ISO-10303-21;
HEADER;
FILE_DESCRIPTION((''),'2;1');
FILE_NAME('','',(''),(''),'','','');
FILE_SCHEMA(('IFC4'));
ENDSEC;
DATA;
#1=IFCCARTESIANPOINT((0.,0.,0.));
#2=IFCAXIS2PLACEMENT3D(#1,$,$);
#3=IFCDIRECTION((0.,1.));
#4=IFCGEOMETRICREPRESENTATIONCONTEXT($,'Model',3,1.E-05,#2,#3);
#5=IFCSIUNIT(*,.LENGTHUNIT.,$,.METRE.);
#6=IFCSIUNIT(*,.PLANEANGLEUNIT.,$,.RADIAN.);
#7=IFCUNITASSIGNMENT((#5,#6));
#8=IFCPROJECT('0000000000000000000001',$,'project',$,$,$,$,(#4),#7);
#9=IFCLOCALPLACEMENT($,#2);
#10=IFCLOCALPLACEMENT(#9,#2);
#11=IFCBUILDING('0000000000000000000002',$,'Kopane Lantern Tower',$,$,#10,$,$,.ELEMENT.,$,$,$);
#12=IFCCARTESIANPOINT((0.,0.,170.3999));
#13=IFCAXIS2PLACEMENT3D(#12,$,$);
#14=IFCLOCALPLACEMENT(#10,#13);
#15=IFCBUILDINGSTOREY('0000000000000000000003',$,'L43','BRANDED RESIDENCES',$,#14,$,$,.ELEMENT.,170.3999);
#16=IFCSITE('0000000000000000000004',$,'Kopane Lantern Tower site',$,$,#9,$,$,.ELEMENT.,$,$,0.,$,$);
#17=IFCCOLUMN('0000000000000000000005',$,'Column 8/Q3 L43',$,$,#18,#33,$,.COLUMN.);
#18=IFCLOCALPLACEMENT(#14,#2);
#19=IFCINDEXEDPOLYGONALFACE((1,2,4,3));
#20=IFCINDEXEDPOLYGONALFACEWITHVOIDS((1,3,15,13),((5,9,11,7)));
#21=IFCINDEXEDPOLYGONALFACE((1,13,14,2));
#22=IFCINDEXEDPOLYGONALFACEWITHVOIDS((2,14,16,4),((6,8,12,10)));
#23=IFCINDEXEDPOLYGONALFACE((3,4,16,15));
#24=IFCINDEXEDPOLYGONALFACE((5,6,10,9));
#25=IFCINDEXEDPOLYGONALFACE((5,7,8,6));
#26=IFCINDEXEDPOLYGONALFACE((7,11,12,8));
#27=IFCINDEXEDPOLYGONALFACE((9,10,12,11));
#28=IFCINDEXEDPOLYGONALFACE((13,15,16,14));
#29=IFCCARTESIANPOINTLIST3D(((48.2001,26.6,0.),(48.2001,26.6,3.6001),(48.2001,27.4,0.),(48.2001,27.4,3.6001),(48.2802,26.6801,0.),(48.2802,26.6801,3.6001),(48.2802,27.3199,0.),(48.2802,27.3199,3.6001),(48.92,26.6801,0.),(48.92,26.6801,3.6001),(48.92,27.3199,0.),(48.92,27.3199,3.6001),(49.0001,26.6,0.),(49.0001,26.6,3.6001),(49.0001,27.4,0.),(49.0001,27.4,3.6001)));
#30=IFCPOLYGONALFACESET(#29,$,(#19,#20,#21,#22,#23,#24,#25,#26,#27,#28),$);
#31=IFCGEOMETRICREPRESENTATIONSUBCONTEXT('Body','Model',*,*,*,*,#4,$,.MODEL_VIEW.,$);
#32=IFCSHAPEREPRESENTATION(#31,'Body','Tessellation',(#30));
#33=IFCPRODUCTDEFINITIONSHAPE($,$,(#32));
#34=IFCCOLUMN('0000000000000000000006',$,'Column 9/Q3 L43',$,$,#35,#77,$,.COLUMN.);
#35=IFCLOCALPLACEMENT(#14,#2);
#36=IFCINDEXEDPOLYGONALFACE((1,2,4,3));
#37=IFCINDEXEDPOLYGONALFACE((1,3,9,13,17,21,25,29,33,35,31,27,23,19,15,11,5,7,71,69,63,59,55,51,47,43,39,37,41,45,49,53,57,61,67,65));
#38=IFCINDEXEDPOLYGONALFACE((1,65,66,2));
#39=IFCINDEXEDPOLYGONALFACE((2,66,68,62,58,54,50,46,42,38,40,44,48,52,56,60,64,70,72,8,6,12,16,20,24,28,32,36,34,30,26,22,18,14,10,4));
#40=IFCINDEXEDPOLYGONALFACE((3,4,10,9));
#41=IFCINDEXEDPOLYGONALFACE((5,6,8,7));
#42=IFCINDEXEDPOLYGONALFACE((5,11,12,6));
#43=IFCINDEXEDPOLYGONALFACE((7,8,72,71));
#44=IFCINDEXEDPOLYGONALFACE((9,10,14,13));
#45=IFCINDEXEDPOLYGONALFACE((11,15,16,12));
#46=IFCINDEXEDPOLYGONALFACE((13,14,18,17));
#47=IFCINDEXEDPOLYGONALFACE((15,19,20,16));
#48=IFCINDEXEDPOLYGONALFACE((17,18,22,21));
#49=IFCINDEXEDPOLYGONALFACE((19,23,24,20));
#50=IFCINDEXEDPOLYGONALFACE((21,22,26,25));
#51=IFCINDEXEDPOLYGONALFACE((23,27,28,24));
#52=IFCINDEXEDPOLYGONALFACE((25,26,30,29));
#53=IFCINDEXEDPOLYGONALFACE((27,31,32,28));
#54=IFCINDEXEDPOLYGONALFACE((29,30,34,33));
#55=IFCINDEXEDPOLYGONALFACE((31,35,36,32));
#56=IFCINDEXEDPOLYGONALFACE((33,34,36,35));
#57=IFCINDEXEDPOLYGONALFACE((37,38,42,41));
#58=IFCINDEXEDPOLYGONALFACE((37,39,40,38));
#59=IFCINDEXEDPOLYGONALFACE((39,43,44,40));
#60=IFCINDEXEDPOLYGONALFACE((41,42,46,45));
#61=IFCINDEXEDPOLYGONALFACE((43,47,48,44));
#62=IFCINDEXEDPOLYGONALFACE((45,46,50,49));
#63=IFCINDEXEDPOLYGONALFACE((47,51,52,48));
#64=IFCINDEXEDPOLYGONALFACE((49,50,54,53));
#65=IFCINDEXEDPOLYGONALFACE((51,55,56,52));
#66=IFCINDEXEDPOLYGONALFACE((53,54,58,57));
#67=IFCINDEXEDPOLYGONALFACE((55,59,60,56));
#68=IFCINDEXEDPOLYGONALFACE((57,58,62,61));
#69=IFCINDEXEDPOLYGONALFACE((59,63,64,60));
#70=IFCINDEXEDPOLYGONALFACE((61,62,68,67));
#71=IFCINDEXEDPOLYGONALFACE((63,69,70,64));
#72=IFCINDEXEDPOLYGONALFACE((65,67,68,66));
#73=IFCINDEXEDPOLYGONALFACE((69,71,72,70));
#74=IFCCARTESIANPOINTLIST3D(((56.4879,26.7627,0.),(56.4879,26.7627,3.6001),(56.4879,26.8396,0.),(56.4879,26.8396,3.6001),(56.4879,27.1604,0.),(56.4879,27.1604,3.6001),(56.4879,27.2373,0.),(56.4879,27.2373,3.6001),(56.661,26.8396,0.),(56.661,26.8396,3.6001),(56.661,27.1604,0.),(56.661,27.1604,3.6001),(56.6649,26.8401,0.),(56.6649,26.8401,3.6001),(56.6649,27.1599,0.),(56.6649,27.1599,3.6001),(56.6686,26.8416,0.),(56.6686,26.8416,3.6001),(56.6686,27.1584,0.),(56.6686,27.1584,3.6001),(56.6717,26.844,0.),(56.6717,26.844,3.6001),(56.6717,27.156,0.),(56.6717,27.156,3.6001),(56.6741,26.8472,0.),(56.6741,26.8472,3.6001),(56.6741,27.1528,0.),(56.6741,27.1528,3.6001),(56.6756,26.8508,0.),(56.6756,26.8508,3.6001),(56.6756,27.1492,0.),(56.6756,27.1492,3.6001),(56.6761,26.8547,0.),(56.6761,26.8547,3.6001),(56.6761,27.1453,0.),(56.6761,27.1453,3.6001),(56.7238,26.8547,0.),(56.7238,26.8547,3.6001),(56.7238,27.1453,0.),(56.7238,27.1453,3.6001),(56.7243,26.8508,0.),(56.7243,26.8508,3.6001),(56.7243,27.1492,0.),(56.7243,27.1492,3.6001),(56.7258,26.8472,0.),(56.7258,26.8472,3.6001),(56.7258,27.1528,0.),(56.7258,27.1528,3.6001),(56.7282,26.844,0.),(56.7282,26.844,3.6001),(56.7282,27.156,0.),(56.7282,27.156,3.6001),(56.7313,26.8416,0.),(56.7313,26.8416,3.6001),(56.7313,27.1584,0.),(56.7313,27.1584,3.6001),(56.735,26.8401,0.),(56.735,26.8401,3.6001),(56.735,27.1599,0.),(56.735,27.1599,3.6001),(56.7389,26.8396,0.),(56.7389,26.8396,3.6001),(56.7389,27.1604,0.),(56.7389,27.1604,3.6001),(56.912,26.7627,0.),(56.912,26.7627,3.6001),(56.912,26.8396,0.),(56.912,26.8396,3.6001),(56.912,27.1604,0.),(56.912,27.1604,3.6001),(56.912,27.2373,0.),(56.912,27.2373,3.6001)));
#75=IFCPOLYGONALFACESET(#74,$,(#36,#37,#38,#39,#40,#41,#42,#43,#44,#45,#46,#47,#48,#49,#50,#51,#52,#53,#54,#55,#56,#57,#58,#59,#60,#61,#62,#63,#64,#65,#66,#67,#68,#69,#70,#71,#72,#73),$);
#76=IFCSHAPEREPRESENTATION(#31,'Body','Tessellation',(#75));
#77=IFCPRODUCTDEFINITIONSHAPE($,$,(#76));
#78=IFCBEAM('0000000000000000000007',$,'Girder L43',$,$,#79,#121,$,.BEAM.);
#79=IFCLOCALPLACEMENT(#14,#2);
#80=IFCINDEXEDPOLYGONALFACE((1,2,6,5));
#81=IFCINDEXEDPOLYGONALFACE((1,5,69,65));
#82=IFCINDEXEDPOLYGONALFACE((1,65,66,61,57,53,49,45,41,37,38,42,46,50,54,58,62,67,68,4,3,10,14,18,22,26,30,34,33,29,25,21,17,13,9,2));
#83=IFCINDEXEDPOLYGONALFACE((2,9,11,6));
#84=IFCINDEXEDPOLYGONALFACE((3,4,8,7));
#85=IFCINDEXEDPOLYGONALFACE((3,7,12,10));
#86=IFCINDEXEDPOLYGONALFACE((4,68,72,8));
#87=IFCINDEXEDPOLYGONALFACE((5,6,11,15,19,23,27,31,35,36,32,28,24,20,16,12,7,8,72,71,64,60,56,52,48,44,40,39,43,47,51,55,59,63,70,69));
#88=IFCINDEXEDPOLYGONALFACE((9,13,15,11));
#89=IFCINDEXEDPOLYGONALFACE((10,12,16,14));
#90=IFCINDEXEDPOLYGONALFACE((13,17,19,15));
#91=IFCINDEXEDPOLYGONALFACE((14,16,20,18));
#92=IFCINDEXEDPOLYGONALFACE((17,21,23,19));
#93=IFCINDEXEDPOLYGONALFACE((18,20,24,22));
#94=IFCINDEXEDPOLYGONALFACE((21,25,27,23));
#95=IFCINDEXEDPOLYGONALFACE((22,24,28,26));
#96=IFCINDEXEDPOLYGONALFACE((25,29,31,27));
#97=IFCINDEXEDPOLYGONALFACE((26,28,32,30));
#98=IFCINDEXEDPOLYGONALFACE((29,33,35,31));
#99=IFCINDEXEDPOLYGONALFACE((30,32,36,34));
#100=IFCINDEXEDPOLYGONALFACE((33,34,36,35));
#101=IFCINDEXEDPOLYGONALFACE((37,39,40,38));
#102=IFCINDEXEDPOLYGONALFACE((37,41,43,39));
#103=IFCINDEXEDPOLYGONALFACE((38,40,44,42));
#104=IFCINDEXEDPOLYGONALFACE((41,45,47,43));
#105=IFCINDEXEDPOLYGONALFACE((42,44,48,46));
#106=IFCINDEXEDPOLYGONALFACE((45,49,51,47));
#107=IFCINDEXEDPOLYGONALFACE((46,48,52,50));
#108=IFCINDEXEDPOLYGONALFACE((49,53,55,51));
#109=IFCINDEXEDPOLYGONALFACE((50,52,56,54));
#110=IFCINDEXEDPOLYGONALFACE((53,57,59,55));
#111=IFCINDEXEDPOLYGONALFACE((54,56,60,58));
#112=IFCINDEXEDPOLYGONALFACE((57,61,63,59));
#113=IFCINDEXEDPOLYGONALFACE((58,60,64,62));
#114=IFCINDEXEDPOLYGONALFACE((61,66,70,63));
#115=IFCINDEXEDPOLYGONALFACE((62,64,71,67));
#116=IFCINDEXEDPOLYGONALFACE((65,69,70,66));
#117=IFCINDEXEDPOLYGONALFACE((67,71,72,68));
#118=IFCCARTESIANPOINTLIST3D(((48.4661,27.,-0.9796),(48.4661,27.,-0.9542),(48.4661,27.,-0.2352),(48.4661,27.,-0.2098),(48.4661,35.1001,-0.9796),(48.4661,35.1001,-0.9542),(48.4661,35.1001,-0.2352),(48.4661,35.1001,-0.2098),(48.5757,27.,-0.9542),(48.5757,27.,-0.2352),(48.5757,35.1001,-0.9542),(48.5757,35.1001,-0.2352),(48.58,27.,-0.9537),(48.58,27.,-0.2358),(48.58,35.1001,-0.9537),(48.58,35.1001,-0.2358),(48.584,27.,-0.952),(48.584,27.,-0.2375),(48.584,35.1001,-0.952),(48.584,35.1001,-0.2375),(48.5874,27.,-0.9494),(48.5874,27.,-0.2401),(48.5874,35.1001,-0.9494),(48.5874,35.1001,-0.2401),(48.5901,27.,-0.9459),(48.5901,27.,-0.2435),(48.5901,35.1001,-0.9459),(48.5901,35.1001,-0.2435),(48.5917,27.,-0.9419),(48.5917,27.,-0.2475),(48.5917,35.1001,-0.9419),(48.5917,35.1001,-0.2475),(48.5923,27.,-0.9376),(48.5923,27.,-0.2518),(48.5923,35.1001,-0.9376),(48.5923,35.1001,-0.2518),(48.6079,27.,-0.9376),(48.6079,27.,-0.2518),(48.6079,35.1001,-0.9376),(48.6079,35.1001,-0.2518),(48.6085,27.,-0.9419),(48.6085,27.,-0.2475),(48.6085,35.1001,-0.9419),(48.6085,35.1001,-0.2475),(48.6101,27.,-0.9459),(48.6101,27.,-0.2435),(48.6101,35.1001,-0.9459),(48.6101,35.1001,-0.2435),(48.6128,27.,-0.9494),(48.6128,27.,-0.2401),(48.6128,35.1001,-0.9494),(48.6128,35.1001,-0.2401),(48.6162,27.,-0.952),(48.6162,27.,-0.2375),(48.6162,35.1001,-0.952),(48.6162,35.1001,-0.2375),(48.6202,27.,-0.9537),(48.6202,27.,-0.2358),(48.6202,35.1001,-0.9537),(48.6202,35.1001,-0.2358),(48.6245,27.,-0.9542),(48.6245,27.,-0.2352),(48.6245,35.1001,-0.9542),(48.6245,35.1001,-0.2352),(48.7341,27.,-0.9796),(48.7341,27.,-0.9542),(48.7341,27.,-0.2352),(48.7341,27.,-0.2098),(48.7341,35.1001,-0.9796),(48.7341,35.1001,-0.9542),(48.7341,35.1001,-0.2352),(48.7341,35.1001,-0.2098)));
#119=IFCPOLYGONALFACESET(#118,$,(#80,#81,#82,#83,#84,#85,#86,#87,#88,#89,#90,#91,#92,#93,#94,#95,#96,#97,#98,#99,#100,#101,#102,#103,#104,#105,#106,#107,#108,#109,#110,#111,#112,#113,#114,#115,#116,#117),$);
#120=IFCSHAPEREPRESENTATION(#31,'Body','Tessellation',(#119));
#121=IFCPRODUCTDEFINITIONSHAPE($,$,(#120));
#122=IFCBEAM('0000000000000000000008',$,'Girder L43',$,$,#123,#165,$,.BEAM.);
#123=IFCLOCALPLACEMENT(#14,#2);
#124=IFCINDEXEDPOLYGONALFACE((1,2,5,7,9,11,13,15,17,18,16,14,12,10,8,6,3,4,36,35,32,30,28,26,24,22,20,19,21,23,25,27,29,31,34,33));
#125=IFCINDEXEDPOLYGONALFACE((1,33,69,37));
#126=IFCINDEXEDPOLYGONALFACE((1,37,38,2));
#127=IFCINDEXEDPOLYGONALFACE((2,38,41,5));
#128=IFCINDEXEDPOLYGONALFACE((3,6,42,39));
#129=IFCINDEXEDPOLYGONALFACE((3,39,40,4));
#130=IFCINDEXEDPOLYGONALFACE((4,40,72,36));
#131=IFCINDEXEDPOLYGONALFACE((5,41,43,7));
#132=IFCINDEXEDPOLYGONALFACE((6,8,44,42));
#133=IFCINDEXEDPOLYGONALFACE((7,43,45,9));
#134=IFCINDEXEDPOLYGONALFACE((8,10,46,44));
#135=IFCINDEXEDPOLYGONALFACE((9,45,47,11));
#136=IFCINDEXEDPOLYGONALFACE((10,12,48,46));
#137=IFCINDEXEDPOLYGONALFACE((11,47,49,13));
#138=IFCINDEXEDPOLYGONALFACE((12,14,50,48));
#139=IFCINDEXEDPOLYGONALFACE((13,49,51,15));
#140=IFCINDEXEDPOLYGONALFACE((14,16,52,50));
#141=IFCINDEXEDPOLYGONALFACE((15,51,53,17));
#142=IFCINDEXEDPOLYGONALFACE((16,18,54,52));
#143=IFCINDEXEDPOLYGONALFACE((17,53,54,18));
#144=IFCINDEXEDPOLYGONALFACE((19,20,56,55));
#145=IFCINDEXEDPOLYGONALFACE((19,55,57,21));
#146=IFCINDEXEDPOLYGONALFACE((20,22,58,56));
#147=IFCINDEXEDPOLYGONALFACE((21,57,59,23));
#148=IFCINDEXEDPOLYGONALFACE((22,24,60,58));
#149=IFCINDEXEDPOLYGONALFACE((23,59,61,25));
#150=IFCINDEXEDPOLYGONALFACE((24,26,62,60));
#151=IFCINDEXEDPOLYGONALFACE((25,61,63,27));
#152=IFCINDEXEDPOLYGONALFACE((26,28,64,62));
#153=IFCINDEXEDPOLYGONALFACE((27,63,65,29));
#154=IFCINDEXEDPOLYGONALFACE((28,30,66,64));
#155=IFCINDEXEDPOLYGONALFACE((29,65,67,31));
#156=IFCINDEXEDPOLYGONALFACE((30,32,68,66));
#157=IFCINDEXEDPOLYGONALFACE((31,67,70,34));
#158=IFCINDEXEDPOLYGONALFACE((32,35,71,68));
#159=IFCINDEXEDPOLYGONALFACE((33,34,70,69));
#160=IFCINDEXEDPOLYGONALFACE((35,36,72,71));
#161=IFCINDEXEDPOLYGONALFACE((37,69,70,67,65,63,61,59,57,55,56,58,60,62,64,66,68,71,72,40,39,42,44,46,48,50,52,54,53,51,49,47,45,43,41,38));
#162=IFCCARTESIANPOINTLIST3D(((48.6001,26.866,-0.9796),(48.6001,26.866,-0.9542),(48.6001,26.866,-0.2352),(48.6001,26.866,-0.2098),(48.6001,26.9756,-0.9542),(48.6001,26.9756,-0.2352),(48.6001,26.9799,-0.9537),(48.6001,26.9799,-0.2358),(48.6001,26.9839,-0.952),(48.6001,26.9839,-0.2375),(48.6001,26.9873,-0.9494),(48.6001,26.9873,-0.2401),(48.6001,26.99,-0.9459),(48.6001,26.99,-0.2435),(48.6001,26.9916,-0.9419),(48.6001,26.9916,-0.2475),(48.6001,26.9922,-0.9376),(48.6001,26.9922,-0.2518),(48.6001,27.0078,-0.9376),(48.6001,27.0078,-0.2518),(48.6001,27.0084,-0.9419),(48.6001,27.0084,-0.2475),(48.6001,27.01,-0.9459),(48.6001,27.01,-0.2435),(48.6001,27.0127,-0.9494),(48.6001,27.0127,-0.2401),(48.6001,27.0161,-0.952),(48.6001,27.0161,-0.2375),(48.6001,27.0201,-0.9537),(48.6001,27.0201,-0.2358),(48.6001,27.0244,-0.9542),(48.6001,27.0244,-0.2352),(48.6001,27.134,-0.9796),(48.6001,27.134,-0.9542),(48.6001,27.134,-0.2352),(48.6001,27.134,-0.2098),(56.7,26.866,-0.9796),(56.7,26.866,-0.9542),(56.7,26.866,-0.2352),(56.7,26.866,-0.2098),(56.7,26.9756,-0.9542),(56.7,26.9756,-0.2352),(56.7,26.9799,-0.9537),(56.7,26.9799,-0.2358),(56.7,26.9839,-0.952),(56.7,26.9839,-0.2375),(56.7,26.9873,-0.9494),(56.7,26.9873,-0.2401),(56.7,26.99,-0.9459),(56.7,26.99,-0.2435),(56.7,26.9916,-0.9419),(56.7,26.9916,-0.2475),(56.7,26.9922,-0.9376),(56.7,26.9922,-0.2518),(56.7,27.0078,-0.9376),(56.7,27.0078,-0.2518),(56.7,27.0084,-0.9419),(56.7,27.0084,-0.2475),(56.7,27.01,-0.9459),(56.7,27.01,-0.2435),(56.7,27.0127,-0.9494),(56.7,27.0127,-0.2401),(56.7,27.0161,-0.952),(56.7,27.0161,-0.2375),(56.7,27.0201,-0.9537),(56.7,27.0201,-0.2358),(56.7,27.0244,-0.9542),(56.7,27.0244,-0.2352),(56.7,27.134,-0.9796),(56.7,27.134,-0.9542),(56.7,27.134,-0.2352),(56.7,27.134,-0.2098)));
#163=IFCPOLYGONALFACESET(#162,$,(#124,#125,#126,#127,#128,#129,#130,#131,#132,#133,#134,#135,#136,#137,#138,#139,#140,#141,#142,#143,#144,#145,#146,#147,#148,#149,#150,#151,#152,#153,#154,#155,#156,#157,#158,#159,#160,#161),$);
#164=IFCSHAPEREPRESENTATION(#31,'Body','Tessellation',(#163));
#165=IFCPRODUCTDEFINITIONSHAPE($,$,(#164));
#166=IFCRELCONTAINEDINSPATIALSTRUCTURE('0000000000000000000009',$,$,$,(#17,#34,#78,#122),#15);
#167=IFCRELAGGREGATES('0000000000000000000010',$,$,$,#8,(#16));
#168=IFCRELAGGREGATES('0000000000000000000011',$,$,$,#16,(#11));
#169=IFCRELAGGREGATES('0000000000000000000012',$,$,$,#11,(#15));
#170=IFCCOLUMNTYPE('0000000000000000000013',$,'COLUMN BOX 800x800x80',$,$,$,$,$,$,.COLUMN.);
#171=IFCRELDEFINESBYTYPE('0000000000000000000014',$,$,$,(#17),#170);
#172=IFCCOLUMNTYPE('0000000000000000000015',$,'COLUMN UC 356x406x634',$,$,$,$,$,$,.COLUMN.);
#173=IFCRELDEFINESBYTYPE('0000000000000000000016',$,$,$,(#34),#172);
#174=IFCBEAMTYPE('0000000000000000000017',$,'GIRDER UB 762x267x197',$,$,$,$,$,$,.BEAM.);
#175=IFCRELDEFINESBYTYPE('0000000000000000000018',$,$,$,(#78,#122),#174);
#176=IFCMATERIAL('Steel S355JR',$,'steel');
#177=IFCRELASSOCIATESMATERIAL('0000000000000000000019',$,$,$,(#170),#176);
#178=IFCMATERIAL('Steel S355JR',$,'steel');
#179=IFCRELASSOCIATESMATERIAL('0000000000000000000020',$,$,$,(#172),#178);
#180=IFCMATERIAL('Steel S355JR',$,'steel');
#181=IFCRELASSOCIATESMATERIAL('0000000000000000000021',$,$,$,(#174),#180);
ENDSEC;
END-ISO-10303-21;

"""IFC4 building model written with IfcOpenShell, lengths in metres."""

from ifc_helpers import new_model, si_unit, direction, frame, origin, origin_2d, place, context, subcontext, project, spatial, hollow_rectangle, i_section, extrude, material, material_profile, profile_set, type_object, element, save


model = new_model("IFC4")

# Units and contexts
model_context = context("Model", 3, precision=1e-05, world=origin(), true_north=direction((0.0, 1.0)))
body_context = subcontext(model_context, "Body", "Model", "MODEL_VIEW")
ifc_project = project(units=[si_unit("LENGTHUNIT", "METRE"), si_unit("PLANEANGLEUNIT", "RADIAN")], contexts=[model_context])

# Site, building, storey
site_placement = place(None, origin())
site = spatial("IfcSite", under=ifc_project, at=site_placement, Name="Kopane Lantern Tower site", CompositionType="ELEMENT", RefElevation=0.0)
building_placement = place(site_placement, origin())
building = spatial("IfcBuilding", under=site, at=building_placement, Name="Kopane Lantern Tower", CompositionType="ELEMENT")
storey_placement = place(building_placement, frame((0.0, 0.0, 170.3999)))
storey = spatial("IfcBuildingStorey", under=building, at=storey_placement, Name="L43", Description="BRANDED RESIDENCES", CompositionType="ELEMENT", Elevation=170.3999)

# Columns
ifc_material_1 = material(Name="Steel S355JR", Category="steel")
ifc_material_profile_1 = material_profile(ifc_material_1, hollow_rectangle(XDim=0.8, YDim=0.8, WallThickness=0.0801, at=origin_2d()), Name="BOX 800x800x80")
ifc_profile_set_1 = profile_set([ifc_material_profile_1], Name="Steel S355JR")
column_type_1 = type_object("IfcColumnType", Name="COLUMN BOX 800x800x80", PredefinedType="COLUMN", material=ifc_profile_set_1)
column_1_placement = place(storey_placement, frame((48.6001, 27.0, 0.0), z_axis=(0.0, 0.0, 1.0), x_axis=(1.0, 0.0, 0.0)))
element("IfcColumn", 1, at=column_1_placement, inside=storey, type_object=column_type_1, Name="Column 8/Q3 L43", PredefinedType="COLUMN", context=body_context, shape_type="SweptSolid", body=[
    extrude(hollow_rectangle(XDim=0.8, YDim=0.8, WallThickness=0.0801, at=origin_2d()), origin(), (0.0, 0.0, 1.0), 3.6001),
])
ifc_material_2 = material(Name="Steel S355JR", Category="steel")
ifc_material_profile_2 = material_profile(ifc_material_2, i_section(OverallWidth=0.4241, OverallDepth=0.4746, WebThickness=0.0476, FlangeThickness=0.0769, FilletRadius=0.0151, at=origin_2d()), Name="UC 356x406x634")
ifc_profile_set_2 = profile_set([ifc_material_profile_2], Name="Steel S355JR")
column_type_2 = type_object("IfcColumnType", Name="COLUMN UC 356x406x634", PredefinedType="COLUMN", material=ifc_profile_set_2)
column_2_placement = place(storey_placement, frame((56.7, 27.0, 0.0), z_axis=(0.0, 0.0, 1.0), x_axis=(1.0, 0.0, 0.0)))
element("IfcColumn", 2, at=column_2_placement, inside=storey, type_object=column_type_2, Name="Column 9/Q3 L43", PredefinedType="COLUMN", context=body_context, shape_type="SweptSolid", body=[
    extrude(i_section(OverallWidth=0.4241, OverallDepth=0.4746, WebThickness=0.0476, FlangeThickness=0.0769, FilletRadius=0.0151, at=origin_2d()), origin(), (0.0, 0.0, 1.0), 3.6001),
])

# Beams
ifc_material_3 = material(Name="Steel S355JR", Category="steel")
ifc_material_profile_3 = material_profile(ifc_material_3, i_section(OverallWidth=0.2681, OverallDepth=0.7698, WebThickness=0.0156, FlangeThickness=0.0254, FilletRadius=0.0166, at=origin_2d()), Name="UB 762x267x197")
ifc_profile_set_3 = profile_set([ifc_material_profile_3], Name="Steel S355JR")
beam_type = type_object("IfcBeamType", Name="GIRDER UB 762x267x197", PredefinedType="BEAM", material=ifc_profile_set_3)
beam_1_placement = place(storey_placement, frame((48.6001, 27.0, -0.5947), z_axis=(0.0, 1.0, 0.0), x_axis=(-1.0, 0.0, 0.0)))
element("IfcBeam", 3, at=beam_1_placement, inside=storey, type_object=beam_type, Name="Girder L43", PredefinedType="BEAM", context=body_context, shape_type="SweptSolid", body=[
    extrude(i_section(OverallWidth=0.2681, OverallDepth=0.7698, WebThickness=0.0156, FlangeThickness=0.0254, FilletRadius=0.0166, at=origin_2d()), origin(), (0.0, 0.0, 1.0), 8.1001),
])
beam_2_placement = place(storey_placement, frame((48.6001, 27.0, -0.5947), z_axis=(1.0, 0.0, 0.0), x_axis=(0.0, 1.0, 0.0)))
element("IfcBeam", 4, at=beam_2_placement, inside=storey, type_object=beam_type, Name="Girder L43", PredefinedType="BEAM", context=body_context, shape_type="SweptSolid", body=[
    extrude(i_section(OverallWidth=0.2681, OverallDepth=0.7698, WebThickness=0.0156, FlangeThickness=0.0254, FilletRadius=0.0166, at=origin_2d()), origin(), (0.0, 0.0, 1.0), 8.0999),
])

save(model, "model.ifc")
